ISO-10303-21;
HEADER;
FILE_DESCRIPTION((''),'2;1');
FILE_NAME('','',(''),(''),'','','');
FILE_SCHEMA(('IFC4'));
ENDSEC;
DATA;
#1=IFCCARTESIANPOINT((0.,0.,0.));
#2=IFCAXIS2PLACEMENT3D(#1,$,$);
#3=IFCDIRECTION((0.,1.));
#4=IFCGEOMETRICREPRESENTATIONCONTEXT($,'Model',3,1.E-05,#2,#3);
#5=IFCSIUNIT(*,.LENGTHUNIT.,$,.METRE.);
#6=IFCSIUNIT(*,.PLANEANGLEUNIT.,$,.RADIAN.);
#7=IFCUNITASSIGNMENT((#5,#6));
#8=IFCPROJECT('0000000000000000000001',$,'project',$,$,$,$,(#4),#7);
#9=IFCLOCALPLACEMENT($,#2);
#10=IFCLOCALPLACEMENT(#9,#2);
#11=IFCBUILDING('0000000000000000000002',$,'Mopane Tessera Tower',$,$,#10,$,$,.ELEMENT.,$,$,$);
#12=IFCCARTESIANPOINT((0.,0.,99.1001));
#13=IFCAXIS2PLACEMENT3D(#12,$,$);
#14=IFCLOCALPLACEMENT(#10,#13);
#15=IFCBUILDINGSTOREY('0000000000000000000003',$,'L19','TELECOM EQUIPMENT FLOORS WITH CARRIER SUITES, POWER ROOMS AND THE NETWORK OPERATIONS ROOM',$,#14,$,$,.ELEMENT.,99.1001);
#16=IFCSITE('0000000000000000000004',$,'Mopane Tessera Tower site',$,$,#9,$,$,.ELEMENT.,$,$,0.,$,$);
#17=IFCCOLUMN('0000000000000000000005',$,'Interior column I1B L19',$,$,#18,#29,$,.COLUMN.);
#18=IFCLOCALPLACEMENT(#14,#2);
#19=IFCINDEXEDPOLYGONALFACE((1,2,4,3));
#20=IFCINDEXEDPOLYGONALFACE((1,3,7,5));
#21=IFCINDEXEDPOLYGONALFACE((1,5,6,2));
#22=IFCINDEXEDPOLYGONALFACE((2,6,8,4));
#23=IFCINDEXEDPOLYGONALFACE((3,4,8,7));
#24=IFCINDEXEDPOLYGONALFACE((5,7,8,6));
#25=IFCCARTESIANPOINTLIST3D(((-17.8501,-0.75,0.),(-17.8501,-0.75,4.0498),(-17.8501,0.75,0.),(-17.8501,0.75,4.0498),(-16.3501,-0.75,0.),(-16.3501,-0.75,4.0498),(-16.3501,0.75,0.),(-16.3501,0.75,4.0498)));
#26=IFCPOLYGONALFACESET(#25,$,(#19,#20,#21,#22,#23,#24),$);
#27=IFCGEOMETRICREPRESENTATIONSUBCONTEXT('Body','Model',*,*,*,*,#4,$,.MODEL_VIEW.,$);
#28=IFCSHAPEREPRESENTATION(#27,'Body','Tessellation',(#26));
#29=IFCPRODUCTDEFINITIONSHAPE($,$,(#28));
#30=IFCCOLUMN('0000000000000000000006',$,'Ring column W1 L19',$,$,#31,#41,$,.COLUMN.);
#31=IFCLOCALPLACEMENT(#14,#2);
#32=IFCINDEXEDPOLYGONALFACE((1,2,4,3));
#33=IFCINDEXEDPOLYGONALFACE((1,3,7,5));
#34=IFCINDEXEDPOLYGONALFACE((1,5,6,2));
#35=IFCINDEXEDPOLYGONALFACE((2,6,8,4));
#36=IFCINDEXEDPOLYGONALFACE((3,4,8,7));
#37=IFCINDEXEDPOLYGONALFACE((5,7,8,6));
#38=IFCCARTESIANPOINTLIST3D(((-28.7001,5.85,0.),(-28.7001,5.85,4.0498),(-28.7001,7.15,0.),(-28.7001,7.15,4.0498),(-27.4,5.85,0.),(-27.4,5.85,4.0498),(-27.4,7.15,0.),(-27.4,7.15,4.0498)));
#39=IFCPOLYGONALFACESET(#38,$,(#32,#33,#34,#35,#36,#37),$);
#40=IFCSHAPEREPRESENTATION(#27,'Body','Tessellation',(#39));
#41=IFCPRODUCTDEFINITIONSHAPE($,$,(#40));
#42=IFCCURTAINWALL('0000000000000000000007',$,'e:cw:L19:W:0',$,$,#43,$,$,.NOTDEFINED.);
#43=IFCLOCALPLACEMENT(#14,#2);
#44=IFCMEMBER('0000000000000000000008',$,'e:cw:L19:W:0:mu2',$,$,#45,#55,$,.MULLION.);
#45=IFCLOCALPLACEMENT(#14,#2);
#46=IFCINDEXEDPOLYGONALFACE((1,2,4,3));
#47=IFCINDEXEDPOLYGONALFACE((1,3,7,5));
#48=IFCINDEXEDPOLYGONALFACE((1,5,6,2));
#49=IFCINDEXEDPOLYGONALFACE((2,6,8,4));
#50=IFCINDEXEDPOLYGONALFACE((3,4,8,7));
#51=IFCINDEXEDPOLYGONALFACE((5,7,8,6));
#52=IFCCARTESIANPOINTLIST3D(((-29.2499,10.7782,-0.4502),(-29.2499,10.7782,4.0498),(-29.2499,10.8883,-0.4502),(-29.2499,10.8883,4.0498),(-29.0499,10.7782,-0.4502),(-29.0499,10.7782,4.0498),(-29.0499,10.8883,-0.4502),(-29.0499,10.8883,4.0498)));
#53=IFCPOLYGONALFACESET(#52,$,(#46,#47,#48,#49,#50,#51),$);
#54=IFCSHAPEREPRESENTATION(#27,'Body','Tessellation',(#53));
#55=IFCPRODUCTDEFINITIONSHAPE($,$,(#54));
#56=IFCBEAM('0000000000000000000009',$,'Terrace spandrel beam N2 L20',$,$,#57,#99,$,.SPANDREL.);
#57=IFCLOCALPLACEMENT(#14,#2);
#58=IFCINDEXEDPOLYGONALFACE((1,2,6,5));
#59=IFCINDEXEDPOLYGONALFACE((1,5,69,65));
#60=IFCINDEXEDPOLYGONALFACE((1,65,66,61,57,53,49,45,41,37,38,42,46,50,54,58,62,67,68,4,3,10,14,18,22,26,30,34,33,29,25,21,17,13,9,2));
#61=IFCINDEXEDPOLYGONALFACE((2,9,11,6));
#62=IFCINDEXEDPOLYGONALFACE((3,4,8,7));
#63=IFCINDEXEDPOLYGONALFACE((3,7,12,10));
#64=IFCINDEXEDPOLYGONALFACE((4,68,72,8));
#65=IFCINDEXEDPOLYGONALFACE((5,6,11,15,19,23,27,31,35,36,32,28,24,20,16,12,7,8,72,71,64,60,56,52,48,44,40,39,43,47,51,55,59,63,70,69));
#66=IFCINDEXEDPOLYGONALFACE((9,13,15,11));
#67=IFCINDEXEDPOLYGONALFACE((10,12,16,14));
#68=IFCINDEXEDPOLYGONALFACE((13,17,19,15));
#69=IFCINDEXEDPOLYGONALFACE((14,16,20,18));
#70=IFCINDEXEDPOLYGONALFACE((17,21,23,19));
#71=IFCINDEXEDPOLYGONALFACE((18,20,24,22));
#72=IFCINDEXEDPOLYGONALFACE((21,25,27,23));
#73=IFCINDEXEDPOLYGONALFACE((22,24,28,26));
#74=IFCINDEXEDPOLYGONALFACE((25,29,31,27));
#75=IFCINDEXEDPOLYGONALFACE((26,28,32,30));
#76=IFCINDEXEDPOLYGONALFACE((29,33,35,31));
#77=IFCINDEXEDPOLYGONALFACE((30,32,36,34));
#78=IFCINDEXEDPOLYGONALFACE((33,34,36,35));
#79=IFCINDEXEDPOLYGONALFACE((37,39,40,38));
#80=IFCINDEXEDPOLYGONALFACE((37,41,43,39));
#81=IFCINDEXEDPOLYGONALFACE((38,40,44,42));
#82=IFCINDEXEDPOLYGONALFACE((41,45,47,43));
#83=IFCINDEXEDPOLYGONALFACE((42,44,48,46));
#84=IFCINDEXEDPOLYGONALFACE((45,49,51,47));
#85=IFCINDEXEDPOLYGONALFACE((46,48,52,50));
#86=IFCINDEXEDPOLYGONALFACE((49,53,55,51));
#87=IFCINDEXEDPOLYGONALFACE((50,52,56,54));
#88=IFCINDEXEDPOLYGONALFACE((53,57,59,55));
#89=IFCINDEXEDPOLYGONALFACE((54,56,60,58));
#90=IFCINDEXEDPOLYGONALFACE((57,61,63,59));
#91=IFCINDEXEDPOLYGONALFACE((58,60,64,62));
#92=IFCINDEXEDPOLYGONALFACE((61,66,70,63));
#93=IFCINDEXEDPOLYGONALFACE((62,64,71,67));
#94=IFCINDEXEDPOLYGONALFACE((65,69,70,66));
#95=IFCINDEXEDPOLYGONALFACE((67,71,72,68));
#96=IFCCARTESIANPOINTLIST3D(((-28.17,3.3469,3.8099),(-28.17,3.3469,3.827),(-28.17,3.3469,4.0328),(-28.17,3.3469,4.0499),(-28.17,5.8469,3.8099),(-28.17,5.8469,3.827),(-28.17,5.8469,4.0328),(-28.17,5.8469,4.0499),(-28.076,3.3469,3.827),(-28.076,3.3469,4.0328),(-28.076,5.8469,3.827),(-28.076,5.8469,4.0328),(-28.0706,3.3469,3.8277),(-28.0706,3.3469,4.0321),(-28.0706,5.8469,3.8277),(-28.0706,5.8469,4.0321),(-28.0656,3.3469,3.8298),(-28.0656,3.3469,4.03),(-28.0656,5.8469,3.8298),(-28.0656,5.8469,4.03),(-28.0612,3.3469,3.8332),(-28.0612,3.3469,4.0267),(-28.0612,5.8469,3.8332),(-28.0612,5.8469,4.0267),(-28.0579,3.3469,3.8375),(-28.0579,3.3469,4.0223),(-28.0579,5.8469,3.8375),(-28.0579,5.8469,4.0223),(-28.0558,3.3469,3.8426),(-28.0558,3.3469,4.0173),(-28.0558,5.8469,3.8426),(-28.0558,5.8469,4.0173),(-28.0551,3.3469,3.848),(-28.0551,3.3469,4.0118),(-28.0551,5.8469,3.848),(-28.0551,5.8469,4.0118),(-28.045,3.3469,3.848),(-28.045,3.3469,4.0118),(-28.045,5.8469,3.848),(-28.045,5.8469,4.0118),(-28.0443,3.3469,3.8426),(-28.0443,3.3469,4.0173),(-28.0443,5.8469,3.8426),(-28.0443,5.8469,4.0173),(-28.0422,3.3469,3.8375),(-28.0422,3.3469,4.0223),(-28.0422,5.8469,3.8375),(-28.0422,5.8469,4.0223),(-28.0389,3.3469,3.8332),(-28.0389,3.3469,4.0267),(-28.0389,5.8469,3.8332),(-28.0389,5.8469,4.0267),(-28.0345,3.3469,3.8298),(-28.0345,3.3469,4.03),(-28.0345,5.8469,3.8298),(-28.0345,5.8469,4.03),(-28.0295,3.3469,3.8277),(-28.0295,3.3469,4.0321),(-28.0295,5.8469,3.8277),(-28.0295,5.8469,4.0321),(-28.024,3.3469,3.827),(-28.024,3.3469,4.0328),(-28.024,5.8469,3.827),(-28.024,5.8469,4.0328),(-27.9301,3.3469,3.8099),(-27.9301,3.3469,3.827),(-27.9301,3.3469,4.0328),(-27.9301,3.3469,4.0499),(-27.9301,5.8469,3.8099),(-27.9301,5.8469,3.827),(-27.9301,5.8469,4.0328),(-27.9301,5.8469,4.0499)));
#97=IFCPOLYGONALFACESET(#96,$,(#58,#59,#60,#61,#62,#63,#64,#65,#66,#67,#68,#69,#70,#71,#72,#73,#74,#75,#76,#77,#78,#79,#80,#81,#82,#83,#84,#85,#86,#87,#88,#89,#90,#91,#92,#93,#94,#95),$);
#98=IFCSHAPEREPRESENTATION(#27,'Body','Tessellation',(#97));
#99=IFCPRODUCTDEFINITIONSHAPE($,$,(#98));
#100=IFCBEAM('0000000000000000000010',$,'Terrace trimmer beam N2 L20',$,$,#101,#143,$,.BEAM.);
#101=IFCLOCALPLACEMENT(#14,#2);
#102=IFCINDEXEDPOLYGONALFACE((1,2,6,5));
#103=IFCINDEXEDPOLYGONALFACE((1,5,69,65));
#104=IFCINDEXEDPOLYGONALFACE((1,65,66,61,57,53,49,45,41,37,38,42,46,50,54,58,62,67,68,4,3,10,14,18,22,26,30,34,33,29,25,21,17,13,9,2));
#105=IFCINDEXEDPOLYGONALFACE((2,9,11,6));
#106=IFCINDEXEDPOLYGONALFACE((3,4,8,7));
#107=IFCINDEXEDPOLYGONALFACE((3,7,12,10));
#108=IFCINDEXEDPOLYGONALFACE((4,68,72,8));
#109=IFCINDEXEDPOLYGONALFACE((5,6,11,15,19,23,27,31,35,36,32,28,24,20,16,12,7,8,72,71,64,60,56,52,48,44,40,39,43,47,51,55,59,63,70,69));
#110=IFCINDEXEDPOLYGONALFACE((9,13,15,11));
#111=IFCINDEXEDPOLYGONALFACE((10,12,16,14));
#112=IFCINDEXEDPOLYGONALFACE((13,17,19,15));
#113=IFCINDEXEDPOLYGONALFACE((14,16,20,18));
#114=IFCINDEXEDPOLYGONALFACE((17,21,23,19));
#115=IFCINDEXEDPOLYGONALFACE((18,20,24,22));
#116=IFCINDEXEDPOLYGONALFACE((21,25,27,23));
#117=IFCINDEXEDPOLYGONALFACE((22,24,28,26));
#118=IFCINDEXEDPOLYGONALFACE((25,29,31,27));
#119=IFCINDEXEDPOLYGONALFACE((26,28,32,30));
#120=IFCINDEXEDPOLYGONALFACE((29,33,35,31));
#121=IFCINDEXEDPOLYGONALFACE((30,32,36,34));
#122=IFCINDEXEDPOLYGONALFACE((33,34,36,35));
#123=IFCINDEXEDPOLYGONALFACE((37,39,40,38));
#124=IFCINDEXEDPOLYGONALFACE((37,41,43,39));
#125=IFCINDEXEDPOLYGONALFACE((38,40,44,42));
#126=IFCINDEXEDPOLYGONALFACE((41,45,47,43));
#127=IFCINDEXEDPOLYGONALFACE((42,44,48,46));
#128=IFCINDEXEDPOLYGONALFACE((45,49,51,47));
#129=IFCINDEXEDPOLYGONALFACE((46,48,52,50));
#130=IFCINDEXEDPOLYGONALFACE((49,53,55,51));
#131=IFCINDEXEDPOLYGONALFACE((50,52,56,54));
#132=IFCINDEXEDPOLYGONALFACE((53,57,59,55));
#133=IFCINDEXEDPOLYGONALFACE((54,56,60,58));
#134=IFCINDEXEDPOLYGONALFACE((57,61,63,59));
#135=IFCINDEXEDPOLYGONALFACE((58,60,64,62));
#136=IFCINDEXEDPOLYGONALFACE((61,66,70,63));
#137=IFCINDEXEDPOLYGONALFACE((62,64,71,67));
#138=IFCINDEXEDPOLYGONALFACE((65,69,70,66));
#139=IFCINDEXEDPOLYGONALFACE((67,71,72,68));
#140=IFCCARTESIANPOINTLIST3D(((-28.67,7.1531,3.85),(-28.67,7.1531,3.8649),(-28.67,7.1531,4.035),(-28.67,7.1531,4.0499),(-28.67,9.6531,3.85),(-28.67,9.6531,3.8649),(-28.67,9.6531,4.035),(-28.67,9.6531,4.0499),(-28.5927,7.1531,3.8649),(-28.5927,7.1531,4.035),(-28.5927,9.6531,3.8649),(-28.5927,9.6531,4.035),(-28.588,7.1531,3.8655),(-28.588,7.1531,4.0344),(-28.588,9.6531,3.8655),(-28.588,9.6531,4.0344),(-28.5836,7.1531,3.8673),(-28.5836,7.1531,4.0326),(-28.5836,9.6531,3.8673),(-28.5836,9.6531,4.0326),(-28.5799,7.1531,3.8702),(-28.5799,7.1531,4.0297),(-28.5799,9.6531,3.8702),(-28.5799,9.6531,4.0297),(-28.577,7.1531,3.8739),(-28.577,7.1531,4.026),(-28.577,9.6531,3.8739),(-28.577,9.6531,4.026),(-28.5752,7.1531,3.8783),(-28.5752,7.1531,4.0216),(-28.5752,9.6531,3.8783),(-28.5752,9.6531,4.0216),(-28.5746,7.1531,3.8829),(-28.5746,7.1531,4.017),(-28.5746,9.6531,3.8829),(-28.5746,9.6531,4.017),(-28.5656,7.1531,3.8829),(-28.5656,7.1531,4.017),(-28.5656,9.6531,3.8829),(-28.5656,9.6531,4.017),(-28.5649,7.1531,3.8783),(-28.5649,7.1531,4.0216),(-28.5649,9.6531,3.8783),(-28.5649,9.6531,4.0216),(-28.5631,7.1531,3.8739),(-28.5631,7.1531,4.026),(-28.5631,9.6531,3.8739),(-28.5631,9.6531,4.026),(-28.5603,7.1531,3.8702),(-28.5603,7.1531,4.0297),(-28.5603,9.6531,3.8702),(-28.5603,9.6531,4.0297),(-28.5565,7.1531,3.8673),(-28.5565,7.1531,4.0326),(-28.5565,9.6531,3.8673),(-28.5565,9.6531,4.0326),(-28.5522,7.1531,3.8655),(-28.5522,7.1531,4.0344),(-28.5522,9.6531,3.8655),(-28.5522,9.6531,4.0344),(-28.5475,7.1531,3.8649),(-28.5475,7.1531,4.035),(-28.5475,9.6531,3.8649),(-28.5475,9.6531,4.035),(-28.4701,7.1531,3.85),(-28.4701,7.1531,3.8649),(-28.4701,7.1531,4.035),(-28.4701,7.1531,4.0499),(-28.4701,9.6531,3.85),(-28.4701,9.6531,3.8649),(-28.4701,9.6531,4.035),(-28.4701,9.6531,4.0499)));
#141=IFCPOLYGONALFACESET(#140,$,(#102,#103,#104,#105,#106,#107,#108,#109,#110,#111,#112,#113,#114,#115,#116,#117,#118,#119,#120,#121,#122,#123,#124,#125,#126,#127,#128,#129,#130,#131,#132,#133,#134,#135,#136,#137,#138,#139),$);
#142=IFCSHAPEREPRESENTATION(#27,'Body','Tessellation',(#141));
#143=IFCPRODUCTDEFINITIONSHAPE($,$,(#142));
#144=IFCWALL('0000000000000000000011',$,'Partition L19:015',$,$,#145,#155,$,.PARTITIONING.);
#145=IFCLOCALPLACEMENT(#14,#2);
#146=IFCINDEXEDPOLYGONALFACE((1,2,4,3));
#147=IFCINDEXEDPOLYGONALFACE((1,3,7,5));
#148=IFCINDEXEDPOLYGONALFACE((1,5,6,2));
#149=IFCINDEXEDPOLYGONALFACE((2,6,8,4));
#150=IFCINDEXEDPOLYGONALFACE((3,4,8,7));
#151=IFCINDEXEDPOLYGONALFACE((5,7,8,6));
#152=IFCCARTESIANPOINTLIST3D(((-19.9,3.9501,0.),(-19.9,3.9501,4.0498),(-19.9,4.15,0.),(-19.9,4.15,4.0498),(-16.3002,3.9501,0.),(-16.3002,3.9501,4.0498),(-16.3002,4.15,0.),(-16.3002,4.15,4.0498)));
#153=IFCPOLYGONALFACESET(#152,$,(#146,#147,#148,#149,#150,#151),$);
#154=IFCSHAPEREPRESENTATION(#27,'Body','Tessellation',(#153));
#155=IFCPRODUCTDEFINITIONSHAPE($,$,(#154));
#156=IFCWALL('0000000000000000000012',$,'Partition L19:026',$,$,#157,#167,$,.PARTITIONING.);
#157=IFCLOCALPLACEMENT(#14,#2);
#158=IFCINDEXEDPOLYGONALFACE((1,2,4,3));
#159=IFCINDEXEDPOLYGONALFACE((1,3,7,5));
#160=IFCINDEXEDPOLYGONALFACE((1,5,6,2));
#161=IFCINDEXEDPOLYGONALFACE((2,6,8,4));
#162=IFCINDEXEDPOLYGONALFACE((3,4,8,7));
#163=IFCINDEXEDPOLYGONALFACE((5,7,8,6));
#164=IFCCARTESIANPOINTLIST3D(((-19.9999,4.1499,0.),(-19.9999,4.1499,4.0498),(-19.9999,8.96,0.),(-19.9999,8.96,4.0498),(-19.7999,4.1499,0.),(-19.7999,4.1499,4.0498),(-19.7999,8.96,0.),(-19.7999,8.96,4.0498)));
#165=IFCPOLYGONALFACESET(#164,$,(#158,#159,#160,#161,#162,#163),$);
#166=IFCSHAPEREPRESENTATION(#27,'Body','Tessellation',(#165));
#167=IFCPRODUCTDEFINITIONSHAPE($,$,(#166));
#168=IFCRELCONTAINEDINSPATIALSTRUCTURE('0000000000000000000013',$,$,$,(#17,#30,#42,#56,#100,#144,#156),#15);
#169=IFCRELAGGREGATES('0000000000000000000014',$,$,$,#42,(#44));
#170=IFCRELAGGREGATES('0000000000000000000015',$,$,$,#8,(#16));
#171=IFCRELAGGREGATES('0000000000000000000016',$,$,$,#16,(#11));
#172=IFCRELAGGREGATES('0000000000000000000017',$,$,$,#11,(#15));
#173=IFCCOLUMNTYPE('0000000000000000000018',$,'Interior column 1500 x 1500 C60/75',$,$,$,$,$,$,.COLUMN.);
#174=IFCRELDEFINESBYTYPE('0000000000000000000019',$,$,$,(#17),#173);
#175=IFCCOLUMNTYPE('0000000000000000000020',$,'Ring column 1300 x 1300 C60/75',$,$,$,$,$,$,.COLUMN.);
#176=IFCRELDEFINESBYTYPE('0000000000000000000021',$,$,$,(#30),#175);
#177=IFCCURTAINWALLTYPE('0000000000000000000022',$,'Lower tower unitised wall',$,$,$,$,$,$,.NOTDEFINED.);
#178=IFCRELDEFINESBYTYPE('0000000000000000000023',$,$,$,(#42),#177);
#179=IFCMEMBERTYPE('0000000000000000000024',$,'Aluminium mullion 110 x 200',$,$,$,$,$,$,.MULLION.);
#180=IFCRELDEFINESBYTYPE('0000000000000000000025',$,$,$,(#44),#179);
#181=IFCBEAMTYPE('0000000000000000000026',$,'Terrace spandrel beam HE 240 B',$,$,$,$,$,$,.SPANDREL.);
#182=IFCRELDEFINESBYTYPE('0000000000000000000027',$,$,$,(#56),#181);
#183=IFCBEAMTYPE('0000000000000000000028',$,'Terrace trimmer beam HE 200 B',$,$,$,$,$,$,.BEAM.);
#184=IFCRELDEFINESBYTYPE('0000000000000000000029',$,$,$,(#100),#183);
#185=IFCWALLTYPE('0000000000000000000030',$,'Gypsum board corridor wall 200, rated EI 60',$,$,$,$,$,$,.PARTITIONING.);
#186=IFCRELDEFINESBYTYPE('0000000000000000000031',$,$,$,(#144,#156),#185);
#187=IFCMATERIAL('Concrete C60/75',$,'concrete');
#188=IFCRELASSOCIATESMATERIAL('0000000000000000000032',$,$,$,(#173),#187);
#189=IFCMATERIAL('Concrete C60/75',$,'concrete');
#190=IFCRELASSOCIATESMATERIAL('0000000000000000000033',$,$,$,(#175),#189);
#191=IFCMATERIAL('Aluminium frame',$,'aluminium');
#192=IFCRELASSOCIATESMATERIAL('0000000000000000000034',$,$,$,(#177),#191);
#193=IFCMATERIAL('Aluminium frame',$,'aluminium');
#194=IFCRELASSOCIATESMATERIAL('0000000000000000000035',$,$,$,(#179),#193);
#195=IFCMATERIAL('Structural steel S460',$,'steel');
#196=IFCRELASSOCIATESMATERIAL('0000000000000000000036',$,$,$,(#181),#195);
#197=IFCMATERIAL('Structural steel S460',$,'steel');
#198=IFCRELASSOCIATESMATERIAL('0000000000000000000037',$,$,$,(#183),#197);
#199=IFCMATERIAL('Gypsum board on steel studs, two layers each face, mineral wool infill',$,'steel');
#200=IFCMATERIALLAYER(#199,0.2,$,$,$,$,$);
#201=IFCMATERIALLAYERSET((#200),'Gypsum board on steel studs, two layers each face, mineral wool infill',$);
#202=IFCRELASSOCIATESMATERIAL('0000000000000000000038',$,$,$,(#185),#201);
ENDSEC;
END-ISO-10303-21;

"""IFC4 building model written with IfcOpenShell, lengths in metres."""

from ifc_helpers import new_model, si_unit, direction, frame, frame_2d, origin, origin_2d, place, context, subcontext, project, spatial, rectangle, i_section, extrude, material, layer, layer_set, material_profile, profile_set, type_object, element, aggregate, save


model = new_model("IFC4")

# Units and contexts
model_context = context("Model", 3, precision=1e-05, world=origin(), true_north=direction((0.0, 1.0)))
body_context = subcontext(model_context, "Body", "Model", "MODEL_VIEW")
ifc_project = project(units=[si_unit("LENGTHUNIT", "METRE"), si_unit("PLANEANGLEUNIT", "RADIAN")], contexts=[model_context])

# Site, building, storey
site_placement = place(None, origin())
site = spatial("IfcSite", under=ifc_project, at=site_placement, Name="Mopane Tessera Tower site", CompositionType="ELEMENT", RefElevation=0.0)
building_placement = place(site_placement, origin())
building = spatial("IfcBuilding", under=site, at=building_placement, Name="Mopane Tessera Tower", CompositionType="ELEMENT")
storey_placement = place(building_placement, frame((0.0, 0.0, 99.1001)))
storey = spatial("IfcBuildingStorey", under=building, at=storey_placement, Name="L19", Description="TELECOM EQUIPMENT FLOORS WITH CARRIER SUITES, POWER ROOMS AND THE NETWORK OPERATIONS ROOM", CompositionType="ELEMENT", Elevation=99.1001)

# Columns
ifc_material_1 = material(Name="Concrete C60/75", Category="concrete")
ifc_material_profile_1 = material_profile(ifc_material_1, rectangle(XDim=1.5, YDim=1.5, at=origin_2d()))
ifc_profile_set_1 = profile_set([ifc_material_profile_1], Name="Concrete C60/75")
column_type_1 = type_object("IfcColumnType", Name="Interior column 1500 x 1500 C60/75", PredefinedType="COLUMN", material=ifc_profile_set_1)
column_1_placement = place(storey_placement, frame((-17.1001, 0.0, 0.0), z_axis=(0.0, 0.0, 1.0), x_axis=(1.0, 0.0, 0.0)))
element("IfcColumn", 1, at=column_1_placement, inside=storey, type_object=column_type_1, Name="Interior column I1B L19", PredefinedType="COLUMN", context=body_context, shape_type="SweptSolid", body=[
    extrude(rectangle(XDim=1.5, YDim=1.5, at=origin_2d()), origin(), (0.0, 0.0, 1.0), 4.0498),
])
ifc_material_2 = material(Name="Concrete C60/75", Category="concrete")
ifc_material_profile_2 = material_profile(ifc_material_2, rectangle(XDim=1.3, YDim=1.3, at=origin_2d()))
ifc_profile_set_2 = profile_set([ifc_material_profile_2], Name="Concrete C60/75")
column_type_2 = type_object("IfcColumnType", Name="Ring column 1300 x 1300 C60/75", PredefinedType="COLUMN", material=ifc_profile_set_2)
column_2_placement = place(storey_placement, frame((-28.05, 6.5, 0.0), z_axis=(0.0, 0.0, 1.0), x_axis=(1.0, 0.0, 0.0)))
element("IfcColumn", 2, at=column_2_placement, inside=storey, type_object=column_type_2, Name="Ring column W1 L19", PredefinedType="COLUMN", context=body_context, shape_type="SweptSolid", body=[
    extrude(rectangle(XDim=1.3, YDim=1.3, at=origin_2d()), origin(), (0.0, 0.0, 1.0), 4.0498),
])

# Curtain wall, member
ifc_material_3 = material(Name="Aluminium frame", Category="aluminium")
curtain_wall_type = type_object("IfcCurtainWallType", Name="Lower tower unitised wall", PredefinedType="NOTDEFINED", material=ifc_material_3)
curtain_wall_placement = place(storey_placement, origin())
curtain_wall = element("IfcCurtainWall", 3, at=curtain_wall_placement, inside=storey, type_object=curtain_wall_type, Name="e:cw:L19:W:0", PredefinedType="NOTDEFINED")
ifc_material_4 = material(Name="Aluminium frame", Category="aluminium")
ifc_material_profile_3 = material_profile(ifc_material_4, rectangle(XDim=0.1101, YDim=0.2, at=origin_2d()))
ifc_profile_set_3 = profile_set([ifc_material_profile_3], Name="Aluminium frame")
member_type = type_object("IfcMemberType", Name="Aluminium mullion 110 x 200", PredefinedType="MULLION", material=ifc_profile_set_3)
member_placement = place(storey_placement, frame((-29.1499, 10.8333, -0.4502), z_axis=(0.0, 0.0, 1.0), x_axis=(0.0, -1.0, 0.0)))
member = element("IfcMember", 4, at=member_placement, type_object=member_type, Name="e:cw:L19:W:0:mu2", PredefinedType="MULLION", context=body_context, shape_type="SweptSolid", body=[
    extrude(rectangle(XDim=0.1101, YDim=0.2, at=origin_2d()), origin(), (0.0, 0.0, 1.0), 4.5),
])
aggregate(curtain_wall, [member])

# Beams
ifc_material_5 = material(Name="Structural steel S460", Category="steel")
ifc_material_profile_4 = material_profile(ifc_material_5, i_section(OverallWidth=0.24, OverallDepth=0.24, WebThickness=0.01, FlangeThickness=0.0171, FilletRadius=0.021, at=origin_2d()))
ifc_profile_set_4 = profile_set([ifc_material_profile_4], Name="Structural steel S460")
beam_type_1 = type_object("IfcBeamType", Name="Terrace spandrel beam HE 240 B", PredefinedType="SPANDREL", material=ifc_profile_set_4)
beam_1_placement = place(storey_placement, frame((-28.05, 5.8469, 3.9299), z_axis=(0.0, -1.0, 0.0), x_axis=(1.0, 0.0, 0.0)))
element("IfcBeam", 5, at=beam_1_placement, inside=storey, type_object=beam_type_1, Name="Terrace spandrel beam N2 L20", PredefinedType="SPANDREL", context=body_context, shape_type="SweptSolid", body=[
    extrude(i_section(OverallWidth=0.24, OverallDepth=0.24, WebThickness=0.01, FlangeThickness=0.0171, FilletRadius=0.021, at=origin_2d()), origin(), (0.0, 0.0, 1.0), 2.5),
])
ifc_material_6 = material(Name="Structural steel S460", Category="steel")
ifc_material_profile_5 = material_profile(ifc_material_6, i_section(OverallWidth=0.2, OverallDepth=0.2, WebThickness=0.009, FlangeThickness=0.0149, FilletRadius=0.0181, at=origin_2d()))
ifc_profile_set_5 = profile_set([ifc_material_profile_5], Name="Structural steel S460")
beam_type_2 = type_object("IfcBeamType", Name="Terrace trimmer beam HE 200 B", PredefinedType="BEAM", material=ifc_profile_set_5)
beam_2_placement = place(storey_placement, frame((-28.5701, 7.1531, 3.95), z_axis=(0.0, 1.0, 0.0), x_axis=(-1.0, 0.0, 0.0)))
element("IfcBeam", 6, at=beam_2_placement, inside=storey, type_object=beam_type_2, Name="Terrace trimmer beam N2 L20", PredefinedType="BEAM", context=body_context, shape_type="SweptSolid", body=[
    extrude(i_section(OverallWidth=0.2, OverallDepth=0.2, WebThickness=0.009, FlangeThickness=0.0149, FilletRadius=0.0181, at=origin_2d()), origin(), (0.0, 0.0, 1.0), 2.5),
])

# Walls
ifc_material_7 = material(Name="Gypsum board on steel studs, two layers each face, mineral wool infill", Category="steel")
ifc_layer_1 = layer(ifc_material_7, 0.2)
ifc_layer_set_1 = layer_set([ifc_layer_1], Name="Gypsum board on steel studs, two layers each face, mineral wool infill")
wall_type_1 = type_object("IfcWallType", Name="Gypsum board corridor wall 200, rated EI 60", PredefinedType="PARTITIONING", material=ifc_layer_set_1)
wall_1_placement = place(storey_placement, frame((-19.8999, 4.05, 0.0), z_axis=(0.0, 0.0, 1.0), x_axis=(1.0, 0.0, 0.0)))
element("IfcWall", 7, at=wall_1_placement, inside=storey, type_object=wall_type_1, Name="Partition L19:015", PredefinedType="PARTITIONING", context=body_context, shape_type="SweptSolid", body=[
    extrude(rectangle(XDim=3.5999, YDim=0.2, at=frame_2d((1.7998, 0.0))), origin(), (0.0, 0.0, 1.0), 4.0498),
])
wall_2_placement = place(storey_placement, frame((-19.8999, 4.1499, 0.0), z_axis=(0.0, 0.0, 1.0), x_axis=(0.0, 1.0, 0.0)))
element("IfcWall", 8, at=wall_2_placement, inside=storey, type_object=wall_type_1, Name="Partition L19:026", PredefinedType="PARTITIONING", context=body_context, shape_type="SweptSolid", body=[
    extrude(rectangle(XDim=4.8101, YDim=0.2, at=frame_2d((2.405, 0.0))), origin(), (0.0, 0.0, 1.0), 4.0498),
])

save(model, "model.ifc")
